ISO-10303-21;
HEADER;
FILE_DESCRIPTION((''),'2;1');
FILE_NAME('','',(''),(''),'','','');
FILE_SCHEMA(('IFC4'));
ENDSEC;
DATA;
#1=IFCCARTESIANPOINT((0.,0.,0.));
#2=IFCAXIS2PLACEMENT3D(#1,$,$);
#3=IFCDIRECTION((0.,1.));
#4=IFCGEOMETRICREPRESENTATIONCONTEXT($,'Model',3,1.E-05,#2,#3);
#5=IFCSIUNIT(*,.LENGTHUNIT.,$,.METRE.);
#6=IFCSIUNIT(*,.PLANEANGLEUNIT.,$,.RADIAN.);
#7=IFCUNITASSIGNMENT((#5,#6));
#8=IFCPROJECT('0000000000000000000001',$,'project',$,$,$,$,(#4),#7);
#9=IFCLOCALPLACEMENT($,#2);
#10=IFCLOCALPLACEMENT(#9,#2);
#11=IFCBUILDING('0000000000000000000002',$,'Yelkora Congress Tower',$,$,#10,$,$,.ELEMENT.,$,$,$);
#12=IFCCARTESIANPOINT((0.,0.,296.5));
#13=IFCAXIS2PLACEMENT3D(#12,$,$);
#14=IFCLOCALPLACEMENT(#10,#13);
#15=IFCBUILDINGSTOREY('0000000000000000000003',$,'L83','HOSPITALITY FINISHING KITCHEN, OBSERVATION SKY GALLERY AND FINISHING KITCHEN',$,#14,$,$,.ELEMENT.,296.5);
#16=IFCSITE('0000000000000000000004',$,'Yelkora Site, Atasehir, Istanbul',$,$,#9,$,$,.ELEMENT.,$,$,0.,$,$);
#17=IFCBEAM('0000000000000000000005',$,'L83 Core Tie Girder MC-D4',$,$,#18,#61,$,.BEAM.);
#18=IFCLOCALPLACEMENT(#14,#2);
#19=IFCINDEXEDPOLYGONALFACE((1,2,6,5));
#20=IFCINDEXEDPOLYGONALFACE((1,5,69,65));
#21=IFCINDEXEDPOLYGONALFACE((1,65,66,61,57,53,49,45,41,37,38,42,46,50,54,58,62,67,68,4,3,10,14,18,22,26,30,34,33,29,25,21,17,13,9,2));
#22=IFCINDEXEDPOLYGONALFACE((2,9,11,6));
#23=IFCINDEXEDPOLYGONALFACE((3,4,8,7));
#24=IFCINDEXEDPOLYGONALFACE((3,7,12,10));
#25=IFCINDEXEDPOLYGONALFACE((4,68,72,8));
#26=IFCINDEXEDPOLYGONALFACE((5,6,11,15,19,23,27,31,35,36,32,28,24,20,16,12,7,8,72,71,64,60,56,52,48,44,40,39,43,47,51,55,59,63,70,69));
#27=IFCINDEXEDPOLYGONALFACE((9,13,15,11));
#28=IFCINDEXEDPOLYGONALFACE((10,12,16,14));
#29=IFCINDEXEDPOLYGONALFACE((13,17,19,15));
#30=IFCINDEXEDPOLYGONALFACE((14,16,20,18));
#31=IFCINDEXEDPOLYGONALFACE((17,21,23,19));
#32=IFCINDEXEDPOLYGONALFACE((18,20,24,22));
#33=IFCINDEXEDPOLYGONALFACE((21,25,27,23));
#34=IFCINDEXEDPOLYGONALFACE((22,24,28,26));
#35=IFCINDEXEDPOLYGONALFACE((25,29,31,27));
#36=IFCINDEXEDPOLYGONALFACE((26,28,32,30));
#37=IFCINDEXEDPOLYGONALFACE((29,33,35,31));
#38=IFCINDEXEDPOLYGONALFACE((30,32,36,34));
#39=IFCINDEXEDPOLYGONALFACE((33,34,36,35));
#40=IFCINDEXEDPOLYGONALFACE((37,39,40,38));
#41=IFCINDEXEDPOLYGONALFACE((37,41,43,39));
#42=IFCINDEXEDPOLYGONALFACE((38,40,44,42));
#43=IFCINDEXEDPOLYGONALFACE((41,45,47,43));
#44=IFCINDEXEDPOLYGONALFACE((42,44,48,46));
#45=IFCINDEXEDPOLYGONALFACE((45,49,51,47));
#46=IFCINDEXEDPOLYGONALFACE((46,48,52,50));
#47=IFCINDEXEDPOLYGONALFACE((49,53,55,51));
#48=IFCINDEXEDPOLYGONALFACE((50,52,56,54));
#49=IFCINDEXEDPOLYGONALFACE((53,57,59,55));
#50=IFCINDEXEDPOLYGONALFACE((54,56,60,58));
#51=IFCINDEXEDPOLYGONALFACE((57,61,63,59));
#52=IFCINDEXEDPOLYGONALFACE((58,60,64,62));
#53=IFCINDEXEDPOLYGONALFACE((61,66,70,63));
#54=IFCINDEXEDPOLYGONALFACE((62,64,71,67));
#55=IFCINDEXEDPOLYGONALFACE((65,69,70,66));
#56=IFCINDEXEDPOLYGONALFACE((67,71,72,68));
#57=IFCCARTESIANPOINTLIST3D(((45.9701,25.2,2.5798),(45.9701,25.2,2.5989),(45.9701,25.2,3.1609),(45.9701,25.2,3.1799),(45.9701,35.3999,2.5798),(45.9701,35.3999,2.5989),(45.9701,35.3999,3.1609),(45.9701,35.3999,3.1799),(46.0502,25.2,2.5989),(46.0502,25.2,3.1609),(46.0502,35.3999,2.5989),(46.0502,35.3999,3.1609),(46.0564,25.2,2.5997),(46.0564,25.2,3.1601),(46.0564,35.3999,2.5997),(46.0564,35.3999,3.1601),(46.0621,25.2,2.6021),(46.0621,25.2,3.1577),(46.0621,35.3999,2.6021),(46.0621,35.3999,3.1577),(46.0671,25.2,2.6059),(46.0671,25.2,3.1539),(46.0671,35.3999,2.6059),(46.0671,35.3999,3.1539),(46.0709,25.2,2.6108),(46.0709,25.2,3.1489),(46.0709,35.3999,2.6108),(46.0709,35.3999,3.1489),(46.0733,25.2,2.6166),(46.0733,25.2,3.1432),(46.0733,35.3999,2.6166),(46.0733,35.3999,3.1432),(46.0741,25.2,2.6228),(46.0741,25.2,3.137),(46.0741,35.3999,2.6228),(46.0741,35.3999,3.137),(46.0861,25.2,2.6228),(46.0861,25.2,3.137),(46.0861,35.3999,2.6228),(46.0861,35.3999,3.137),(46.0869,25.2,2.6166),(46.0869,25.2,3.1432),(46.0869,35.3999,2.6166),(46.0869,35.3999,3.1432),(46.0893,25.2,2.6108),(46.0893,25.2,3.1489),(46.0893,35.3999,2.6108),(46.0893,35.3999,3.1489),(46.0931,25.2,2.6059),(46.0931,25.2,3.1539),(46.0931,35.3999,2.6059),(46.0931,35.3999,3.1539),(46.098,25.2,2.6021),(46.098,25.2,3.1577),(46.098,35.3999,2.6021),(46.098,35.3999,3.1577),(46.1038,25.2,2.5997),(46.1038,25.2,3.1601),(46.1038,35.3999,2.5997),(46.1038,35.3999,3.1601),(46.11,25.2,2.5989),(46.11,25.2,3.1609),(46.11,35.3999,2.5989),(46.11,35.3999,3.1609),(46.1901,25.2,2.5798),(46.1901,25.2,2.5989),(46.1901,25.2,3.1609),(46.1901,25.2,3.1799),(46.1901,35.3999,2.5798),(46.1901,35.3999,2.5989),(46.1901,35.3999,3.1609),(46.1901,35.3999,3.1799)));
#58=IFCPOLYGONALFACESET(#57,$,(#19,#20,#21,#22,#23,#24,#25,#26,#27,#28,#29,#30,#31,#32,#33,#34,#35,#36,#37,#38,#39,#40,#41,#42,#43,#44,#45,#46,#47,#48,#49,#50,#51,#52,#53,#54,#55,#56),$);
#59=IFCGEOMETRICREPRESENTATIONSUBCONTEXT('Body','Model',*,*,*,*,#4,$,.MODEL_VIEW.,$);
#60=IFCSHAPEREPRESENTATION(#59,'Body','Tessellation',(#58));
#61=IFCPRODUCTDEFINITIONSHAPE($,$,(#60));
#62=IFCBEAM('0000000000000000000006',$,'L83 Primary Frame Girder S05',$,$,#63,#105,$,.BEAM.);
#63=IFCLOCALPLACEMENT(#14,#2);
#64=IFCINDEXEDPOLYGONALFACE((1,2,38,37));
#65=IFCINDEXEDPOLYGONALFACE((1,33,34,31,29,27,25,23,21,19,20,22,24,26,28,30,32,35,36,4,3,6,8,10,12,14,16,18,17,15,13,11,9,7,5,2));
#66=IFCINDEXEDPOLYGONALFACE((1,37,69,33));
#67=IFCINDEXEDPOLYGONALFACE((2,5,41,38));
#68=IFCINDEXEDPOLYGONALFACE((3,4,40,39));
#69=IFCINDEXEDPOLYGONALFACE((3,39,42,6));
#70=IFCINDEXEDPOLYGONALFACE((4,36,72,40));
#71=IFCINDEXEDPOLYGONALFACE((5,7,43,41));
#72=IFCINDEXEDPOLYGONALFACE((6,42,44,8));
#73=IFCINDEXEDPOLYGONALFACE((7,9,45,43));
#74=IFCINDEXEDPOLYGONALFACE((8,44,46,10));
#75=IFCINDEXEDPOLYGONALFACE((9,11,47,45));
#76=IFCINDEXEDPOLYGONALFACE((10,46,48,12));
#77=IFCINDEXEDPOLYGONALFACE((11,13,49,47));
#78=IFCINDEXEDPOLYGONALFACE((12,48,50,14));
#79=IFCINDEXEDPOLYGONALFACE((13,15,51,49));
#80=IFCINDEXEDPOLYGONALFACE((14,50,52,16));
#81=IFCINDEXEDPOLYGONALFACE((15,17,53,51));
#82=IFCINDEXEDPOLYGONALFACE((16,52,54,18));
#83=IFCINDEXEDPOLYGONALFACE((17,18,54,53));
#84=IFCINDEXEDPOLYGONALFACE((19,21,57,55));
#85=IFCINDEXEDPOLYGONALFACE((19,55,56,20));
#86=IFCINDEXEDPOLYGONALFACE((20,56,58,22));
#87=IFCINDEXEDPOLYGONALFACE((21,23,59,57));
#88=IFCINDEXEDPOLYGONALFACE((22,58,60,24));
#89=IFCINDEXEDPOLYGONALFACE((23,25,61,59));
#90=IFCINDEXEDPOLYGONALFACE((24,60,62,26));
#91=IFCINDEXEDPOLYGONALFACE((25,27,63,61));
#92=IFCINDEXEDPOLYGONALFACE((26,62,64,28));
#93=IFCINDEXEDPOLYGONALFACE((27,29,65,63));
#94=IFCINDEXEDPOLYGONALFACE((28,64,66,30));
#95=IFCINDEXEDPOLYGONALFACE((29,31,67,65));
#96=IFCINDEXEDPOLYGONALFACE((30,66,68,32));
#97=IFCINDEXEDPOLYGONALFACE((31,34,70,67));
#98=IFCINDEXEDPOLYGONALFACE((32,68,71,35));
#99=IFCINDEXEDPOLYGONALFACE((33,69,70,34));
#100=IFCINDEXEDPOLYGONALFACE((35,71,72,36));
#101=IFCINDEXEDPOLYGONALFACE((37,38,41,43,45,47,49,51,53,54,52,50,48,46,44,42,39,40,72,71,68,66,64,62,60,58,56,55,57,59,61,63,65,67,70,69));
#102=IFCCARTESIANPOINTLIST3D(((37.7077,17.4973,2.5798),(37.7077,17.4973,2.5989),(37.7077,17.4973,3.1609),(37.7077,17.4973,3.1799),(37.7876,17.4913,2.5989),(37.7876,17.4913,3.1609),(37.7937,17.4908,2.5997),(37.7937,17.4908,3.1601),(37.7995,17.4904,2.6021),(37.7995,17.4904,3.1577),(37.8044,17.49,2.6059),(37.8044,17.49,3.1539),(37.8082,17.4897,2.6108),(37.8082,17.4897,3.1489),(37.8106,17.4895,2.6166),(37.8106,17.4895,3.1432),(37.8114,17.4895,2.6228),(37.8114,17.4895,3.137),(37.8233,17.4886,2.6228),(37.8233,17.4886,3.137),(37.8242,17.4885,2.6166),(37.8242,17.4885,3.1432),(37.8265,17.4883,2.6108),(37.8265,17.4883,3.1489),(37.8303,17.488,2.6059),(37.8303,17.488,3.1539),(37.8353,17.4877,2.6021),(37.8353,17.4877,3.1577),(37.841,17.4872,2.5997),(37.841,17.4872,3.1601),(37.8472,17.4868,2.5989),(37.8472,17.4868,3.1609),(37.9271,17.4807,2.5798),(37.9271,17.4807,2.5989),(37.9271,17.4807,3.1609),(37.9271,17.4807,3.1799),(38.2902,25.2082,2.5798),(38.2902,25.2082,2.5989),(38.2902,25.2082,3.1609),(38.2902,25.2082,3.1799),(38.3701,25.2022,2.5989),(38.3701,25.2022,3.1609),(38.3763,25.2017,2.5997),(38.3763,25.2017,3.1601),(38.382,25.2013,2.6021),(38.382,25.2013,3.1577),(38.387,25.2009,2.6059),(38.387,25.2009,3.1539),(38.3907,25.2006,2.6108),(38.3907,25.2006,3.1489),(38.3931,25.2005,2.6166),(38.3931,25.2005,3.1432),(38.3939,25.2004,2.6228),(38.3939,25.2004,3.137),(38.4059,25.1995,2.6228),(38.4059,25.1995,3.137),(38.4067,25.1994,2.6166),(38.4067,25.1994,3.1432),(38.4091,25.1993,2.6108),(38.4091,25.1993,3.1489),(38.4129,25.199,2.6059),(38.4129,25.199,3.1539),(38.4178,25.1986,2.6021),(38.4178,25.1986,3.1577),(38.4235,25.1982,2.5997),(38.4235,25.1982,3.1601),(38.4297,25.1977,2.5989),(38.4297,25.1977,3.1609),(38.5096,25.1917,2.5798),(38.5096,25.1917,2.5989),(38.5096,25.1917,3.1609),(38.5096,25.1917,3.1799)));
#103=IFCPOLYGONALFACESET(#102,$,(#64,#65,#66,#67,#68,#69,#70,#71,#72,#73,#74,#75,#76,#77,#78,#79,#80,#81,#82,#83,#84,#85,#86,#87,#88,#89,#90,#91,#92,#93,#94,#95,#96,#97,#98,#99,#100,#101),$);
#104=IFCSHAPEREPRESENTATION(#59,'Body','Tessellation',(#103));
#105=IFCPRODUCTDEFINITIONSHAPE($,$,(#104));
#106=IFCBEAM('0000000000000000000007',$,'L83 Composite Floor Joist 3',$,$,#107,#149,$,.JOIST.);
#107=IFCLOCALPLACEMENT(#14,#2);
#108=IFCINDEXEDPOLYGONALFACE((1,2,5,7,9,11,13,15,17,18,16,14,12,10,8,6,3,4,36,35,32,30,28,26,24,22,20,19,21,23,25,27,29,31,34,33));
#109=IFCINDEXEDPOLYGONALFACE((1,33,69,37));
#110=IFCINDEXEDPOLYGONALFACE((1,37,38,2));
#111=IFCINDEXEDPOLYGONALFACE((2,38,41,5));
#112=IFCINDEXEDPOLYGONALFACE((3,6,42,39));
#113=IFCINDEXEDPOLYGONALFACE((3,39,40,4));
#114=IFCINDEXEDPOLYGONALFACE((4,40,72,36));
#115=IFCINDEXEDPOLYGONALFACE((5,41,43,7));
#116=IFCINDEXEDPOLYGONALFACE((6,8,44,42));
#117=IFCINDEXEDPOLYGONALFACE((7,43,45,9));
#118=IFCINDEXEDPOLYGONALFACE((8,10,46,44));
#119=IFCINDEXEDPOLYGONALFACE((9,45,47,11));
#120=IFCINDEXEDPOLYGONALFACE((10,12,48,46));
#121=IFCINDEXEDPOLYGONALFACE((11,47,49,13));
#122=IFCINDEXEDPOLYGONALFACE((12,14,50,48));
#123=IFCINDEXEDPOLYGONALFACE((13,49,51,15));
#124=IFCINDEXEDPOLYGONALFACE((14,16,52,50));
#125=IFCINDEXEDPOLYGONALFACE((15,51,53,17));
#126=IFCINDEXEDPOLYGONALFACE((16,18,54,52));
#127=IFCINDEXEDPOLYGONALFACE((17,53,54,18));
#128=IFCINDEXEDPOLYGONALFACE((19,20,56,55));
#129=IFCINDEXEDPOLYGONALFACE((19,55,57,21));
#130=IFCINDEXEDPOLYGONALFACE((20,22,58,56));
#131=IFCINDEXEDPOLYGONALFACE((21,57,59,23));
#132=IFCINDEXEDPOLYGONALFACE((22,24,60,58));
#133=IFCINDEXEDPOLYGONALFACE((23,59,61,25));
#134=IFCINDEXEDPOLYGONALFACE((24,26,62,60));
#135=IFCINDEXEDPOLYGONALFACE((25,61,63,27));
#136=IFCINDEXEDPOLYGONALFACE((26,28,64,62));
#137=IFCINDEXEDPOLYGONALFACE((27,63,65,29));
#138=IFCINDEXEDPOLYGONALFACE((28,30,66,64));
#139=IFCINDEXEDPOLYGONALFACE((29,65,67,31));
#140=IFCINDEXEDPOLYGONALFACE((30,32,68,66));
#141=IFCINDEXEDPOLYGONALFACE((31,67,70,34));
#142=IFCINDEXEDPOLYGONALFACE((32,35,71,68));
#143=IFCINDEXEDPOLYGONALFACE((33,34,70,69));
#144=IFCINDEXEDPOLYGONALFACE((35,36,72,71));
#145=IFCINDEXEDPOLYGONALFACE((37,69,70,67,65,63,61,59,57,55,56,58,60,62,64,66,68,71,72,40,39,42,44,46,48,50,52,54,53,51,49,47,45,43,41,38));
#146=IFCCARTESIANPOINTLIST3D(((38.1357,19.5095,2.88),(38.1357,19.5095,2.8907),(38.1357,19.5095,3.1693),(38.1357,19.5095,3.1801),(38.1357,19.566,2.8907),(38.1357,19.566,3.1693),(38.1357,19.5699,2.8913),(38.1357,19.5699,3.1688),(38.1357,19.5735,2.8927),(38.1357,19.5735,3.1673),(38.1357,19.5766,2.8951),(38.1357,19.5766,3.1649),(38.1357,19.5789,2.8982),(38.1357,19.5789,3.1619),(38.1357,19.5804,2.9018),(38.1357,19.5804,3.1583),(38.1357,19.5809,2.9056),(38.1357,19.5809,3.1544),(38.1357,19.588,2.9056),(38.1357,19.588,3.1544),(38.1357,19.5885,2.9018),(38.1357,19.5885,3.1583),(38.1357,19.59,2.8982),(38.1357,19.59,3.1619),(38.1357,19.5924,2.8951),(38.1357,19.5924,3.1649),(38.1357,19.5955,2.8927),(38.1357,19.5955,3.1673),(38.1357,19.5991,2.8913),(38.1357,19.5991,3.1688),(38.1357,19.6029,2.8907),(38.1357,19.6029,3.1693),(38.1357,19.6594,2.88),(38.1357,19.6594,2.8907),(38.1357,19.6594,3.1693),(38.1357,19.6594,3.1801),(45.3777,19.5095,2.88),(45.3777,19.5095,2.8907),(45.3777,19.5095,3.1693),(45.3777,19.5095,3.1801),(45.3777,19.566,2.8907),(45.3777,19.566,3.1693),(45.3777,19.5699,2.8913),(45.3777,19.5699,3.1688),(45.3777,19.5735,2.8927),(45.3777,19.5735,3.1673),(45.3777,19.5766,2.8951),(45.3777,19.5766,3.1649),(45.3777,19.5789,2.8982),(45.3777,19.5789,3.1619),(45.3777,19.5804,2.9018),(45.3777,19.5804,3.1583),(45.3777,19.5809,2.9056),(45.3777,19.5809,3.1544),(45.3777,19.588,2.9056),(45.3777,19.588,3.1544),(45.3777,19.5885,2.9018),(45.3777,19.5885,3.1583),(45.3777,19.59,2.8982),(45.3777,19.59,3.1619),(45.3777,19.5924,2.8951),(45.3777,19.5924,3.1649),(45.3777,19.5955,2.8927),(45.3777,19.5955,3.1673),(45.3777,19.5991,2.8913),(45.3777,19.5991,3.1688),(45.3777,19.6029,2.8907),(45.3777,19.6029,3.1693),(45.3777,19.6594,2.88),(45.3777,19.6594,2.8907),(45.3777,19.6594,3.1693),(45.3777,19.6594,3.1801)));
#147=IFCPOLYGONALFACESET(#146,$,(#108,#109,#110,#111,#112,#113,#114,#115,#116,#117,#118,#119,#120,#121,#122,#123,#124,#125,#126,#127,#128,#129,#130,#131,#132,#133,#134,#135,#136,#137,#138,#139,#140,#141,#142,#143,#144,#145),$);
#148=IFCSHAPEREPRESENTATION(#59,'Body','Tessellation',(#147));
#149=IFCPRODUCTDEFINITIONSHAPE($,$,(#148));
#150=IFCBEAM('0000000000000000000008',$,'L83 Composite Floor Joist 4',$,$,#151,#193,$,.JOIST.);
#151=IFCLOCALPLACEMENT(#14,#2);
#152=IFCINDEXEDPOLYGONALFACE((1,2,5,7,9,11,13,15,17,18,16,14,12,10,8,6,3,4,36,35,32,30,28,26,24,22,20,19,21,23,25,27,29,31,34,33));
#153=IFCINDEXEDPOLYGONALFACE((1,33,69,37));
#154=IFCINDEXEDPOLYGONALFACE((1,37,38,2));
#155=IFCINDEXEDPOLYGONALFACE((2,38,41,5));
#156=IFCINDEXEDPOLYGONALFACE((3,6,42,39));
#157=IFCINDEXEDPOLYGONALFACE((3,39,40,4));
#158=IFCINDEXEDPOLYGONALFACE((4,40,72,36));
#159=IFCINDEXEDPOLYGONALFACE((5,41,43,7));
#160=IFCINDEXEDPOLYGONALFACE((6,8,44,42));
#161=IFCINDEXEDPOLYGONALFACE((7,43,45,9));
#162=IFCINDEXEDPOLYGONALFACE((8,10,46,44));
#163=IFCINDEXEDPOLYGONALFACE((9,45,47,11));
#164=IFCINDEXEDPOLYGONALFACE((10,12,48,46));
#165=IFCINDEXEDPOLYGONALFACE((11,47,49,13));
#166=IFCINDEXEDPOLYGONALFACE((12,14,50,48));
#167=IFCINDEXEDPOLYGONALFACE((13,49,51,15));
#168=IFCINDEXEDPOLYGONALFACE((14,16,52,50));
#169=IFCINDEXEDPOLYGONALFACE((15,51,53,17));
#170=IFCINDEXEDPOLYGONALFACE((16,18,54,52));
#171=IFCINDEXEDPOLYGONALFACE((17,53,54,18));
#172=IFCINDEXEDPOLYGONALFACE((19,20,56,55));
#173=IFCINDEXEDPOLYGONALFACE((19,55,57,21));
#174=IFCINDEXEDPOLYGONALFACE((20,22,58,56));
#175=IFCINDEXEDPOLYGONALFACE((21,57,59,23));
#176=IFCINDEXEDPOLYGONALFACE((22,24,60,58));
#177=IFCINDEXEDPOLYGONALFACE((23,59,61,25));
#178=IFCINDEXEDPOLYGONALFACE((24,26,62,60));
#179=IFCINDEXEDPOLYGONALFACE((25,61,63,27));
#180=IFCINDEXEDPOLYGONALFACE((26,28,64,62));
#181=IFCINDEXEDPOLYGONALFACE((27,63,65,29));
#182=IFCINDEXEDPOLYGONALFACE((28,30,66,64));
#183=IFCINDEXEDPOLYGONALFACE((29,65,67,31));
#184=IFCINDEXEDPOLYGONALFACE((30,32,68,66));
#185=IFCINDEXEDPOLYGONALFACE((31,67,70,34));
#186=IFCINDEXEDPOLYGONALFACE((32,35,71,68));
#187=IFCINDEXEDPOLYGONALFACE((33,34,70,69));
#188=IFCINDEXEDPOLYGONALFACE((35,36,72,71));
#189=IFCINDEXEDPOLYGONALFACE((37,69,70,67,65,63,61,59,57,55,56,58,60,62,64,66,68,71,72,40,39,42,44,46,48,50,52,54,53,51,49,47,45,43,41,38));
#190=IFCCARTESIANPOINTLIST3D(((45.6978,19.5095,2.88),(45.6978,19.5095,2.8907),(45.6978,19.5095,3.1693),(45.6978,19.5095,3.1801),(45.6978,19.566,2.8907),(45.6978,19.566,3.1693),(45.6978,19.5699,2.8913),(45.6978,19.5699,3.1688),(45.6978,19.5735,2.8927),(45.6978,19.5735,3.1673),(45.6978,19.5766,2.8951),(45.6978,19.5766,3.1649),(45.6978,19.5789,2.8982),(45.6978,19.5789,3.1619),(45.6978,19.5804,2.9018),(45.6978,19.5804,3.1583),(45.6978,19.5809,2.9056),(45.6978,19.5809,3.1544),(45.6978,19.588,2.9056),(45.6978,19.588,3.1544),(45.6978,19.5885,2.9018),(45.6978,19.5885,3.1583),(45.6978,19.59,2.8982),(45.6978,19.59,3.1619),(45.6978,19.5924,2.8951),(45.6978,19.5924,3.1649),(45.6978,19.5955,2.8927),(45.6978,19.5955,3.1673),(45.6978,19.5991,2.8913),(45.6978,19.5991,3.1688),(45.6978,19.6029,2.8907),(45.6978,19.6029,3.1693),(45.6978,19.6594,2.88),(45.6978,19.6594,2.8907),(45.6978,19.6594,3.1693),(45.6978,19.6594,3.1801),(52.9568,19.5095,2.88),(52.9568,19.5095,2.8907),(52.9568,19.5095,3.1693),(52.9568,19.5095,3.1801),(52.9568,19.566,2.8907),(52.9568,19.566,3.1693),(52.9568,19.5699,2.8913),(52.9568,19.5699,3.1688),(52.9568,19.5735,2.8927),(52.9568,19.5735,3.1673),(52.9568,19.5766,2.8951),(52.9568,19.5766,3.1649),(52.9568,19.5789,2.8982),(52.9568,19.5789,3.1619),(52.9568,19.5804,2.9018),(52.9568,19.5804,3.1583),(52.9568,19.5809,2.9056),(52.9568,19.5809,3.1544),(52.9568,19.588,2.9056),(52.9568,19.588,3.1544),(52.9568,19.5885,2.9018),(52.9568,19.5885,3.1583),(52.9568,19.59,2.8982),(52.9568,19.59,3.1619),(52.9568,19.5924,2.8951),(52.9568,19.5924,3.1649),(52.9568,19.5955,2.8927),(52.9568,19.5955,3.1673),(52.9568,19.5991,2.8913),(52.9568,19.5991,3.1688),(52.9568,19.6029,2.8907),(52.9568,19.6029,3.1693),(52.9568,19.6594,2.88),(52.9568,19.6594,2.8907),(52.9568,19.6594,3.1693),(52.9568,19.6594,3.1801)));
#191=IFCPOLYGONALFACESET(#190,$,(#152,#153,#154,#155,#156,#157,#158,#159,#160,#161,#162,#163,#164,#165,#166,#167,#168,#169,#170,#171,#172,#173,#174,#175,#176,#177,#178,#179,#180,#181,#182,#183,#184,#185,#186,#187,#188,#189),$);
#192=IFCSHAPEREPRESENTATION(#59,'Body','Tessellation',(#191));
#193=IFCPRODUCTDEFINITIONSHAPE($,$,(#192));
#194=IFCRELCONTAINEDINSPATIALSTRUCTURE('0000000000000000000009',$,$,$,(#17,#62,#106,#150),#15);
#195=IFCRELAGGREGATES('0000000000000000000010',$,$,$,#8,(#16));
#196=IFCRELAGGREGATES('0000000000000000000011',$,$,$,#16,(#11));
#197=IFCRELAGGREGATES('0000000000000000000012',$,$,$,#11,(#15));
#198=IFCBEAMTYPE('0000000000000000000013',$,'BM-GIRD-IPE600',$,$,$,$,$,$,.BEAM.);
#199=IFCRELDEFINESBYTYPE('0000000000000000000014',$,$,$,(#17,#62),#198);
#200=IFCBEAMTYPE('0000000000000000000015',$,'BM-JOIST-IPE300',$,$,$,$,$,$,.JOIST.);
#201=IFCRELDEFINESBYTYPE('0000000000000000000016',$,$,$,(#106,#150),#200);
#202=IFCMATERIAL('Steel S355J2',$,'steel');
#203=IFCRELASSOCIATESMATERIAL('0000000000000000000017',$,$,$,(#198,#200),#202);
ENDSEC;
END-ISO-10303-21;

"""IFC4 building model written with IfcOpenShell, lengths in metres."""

from ifc_helpers import new_model, si_unit, direction, frame, origin, origin_2d, place, context, subcontext, project, spatial, i_section, extrude, material, material_profile, profile_set, type_object, element, save


model = new_model("IFC4")

# Units and contexts
model_context = context("Model", 3, precision=1e-05, world=origin(), true_north=direction((0.0, 1.0)))
body_context = subcontext(model_context, "Body", "Model", "MODEL_VIEW")
ifc_project = project(units=[si_unit("LENGTHUNIT", "METRE"), si_unit("PLANEANGLEUNIT", "RADIAN")], contexts=[model_context])

# Site, building, storey
site_placement = place(None, origin())
site = spatial("IfcSite", under=ifc_project, at=site_placement, Name="Yelkora Site, Atasehir, Istanbul", CompositionType="ELEMENT", RefElevation=0.0)
building_placement = place(site_placement, origin())
building = spatial("IfcBuilding", under=site, at=building_placement, Name="Yelkora Congress Tower", CompositionType="ELEMENT")
storey_placement = place(building_placement, frame((0.0, 0.0, 296.5)))
storey = spatial("IfcBuildingStorey", under=building, at=storey_placement, Name="L83", Description="HOSPITALITY FINISHING KITCHEN, OBSERVATION SKY GALLERY AND FINISHING KITCHEN", CompositionType="ELEMENT", Elevation=296.5)

# Shared definitions
ifc_material_1 = material(Name="Steel S355J2", Category="steel")

# Beams
ifc_material_profile_1 = material_profile(ifc_material_1, i_section(OverallWidth=0.22, OverallDepth=0.6001, WebThickness=0.012, FlangeThickness=0.019, FilletRadius=0.0239, at=origin_2d()), Name="IPE 600")
ifc_profile_set_1 = profile_set([ifc_material_profile_1], Name="Steel S355J2")
beam_type_1 = type_object("IfcBeamType", Name="BM-GIRD-IPE600", PredefinedType="BEAM", material=ifc_profile_set_1)
for number, where, z_axis, x_axis, name in (
    (1, (46.0801, 25.2, 2.8799), (0.0, 1.0, 0.0), (-1.0, 0.0, 0.0), "L83 Core Tie Girder MC-D4"),
):
    element("IfcBeam", number, at=place(storey_placement, frame(where, z_axis=z_axis, x_axis=x_axis)), inside=storey, type_object=beam_type_1, Name=name, PredefinedType="BEAM", context=body_context, shape_type="SweptSolid", body=[
        extrude(i_section(OverallWidth=0.22, OverallDepth=0.6001, WebThickness=0.012, FlangeThickness=0.019, FilletRadius=0.0239, at=origin_2d()), origin(), (0.0, 0.0, 1.0), 10.2),
    ])
beam_1_placement = place(storey_placement, frame((37.8174, 17.489, 2.8799), z_axis=(0.07533, 0.997159, 0.0), x_axis=(-0.997159, 0.07533, 0.0)))
element("IfcBeam", 2, at=beam_1_placement, inside=storey, type_object=beam_type_1, Name="L83 Primary Frame Girder S05", PredefinedType="BEAM", context=body_context, shape_type="SweptSolid", body=[
    extrude(i_section(OverallWidth=0.22, OverallDepth=0.6001, WebThickness=0.012, FlangeThickness=0.019, FilletRadius=0.0239, at=origin_2d()), origin(), (0.0, 0.0, 1.0), 7.7329),
])
ifc_material_profile_2 = material_profile(ifc_material_1, i_section(OverallWidth=0.1499, OverallDepth=0.3, WebThickness=0.0071, FlangeThickness=0.0107, FilletRadius=0.0149, at=origin_2d()), Name="IPE 300")
ifc_profile_set_2 = profile_set([ifc_material_profile_2], Name="Steel S355J2")
beam_type_2 = type_object("IfcBeamType", Name="BM-JOIST-IPE300", PredefinedType="JOIST", material=ifc_profile_set_2)
beam_2_placement = place(storey_placement, frame((38.1357, 19.5845, 3.03), z_axis=(1.0, 0.0, 0.0), x_axis=(0.0, 1.0, 0.0)))
element("IfcBeam", 3, at=beam_2_placement, inside=storey, type_object=beam_type_2, Name="L83 Composite Floor Joist 3", PredefinedType="JOIST", context=body_context, shape_type="SweptSolid", body=[
    extrude(i_section(OverallWidth=0.1499, OverallDepth=0.3, WebThickness=0.0071, FlangeThickness=0.0107, FilletRadius=0.0149, at=origin_2d()), origin(), (0.0, 0.0, 1.0), 7.2419),
])
beam_3_placement = place(storey_placement, frame((45.6978, 19.5845, 3.03), z_axis=(1.0, 0.0, 0.0), x_axis=(0.0, 1.0, 0.0)))
element("IfcBeam", 4, at=beam_3_placement, inside=storey, type_object=beam_type_2, Name="L83 Composite Floor Joist 4", PredefinedType="JOIST", context=body_context, shape_type="SweptSolid", body=[
    extrude(i_section(OverallWidth=0.1499, OverallDepth=0.3, WebThickness=0.0071, FlangeThickness=0.0107, FilletRadius=0.0149, at=origin_2d()), origin(), (0.0, 0.0, 1.0), 7.259),
])

save(model, "model.ifc")
